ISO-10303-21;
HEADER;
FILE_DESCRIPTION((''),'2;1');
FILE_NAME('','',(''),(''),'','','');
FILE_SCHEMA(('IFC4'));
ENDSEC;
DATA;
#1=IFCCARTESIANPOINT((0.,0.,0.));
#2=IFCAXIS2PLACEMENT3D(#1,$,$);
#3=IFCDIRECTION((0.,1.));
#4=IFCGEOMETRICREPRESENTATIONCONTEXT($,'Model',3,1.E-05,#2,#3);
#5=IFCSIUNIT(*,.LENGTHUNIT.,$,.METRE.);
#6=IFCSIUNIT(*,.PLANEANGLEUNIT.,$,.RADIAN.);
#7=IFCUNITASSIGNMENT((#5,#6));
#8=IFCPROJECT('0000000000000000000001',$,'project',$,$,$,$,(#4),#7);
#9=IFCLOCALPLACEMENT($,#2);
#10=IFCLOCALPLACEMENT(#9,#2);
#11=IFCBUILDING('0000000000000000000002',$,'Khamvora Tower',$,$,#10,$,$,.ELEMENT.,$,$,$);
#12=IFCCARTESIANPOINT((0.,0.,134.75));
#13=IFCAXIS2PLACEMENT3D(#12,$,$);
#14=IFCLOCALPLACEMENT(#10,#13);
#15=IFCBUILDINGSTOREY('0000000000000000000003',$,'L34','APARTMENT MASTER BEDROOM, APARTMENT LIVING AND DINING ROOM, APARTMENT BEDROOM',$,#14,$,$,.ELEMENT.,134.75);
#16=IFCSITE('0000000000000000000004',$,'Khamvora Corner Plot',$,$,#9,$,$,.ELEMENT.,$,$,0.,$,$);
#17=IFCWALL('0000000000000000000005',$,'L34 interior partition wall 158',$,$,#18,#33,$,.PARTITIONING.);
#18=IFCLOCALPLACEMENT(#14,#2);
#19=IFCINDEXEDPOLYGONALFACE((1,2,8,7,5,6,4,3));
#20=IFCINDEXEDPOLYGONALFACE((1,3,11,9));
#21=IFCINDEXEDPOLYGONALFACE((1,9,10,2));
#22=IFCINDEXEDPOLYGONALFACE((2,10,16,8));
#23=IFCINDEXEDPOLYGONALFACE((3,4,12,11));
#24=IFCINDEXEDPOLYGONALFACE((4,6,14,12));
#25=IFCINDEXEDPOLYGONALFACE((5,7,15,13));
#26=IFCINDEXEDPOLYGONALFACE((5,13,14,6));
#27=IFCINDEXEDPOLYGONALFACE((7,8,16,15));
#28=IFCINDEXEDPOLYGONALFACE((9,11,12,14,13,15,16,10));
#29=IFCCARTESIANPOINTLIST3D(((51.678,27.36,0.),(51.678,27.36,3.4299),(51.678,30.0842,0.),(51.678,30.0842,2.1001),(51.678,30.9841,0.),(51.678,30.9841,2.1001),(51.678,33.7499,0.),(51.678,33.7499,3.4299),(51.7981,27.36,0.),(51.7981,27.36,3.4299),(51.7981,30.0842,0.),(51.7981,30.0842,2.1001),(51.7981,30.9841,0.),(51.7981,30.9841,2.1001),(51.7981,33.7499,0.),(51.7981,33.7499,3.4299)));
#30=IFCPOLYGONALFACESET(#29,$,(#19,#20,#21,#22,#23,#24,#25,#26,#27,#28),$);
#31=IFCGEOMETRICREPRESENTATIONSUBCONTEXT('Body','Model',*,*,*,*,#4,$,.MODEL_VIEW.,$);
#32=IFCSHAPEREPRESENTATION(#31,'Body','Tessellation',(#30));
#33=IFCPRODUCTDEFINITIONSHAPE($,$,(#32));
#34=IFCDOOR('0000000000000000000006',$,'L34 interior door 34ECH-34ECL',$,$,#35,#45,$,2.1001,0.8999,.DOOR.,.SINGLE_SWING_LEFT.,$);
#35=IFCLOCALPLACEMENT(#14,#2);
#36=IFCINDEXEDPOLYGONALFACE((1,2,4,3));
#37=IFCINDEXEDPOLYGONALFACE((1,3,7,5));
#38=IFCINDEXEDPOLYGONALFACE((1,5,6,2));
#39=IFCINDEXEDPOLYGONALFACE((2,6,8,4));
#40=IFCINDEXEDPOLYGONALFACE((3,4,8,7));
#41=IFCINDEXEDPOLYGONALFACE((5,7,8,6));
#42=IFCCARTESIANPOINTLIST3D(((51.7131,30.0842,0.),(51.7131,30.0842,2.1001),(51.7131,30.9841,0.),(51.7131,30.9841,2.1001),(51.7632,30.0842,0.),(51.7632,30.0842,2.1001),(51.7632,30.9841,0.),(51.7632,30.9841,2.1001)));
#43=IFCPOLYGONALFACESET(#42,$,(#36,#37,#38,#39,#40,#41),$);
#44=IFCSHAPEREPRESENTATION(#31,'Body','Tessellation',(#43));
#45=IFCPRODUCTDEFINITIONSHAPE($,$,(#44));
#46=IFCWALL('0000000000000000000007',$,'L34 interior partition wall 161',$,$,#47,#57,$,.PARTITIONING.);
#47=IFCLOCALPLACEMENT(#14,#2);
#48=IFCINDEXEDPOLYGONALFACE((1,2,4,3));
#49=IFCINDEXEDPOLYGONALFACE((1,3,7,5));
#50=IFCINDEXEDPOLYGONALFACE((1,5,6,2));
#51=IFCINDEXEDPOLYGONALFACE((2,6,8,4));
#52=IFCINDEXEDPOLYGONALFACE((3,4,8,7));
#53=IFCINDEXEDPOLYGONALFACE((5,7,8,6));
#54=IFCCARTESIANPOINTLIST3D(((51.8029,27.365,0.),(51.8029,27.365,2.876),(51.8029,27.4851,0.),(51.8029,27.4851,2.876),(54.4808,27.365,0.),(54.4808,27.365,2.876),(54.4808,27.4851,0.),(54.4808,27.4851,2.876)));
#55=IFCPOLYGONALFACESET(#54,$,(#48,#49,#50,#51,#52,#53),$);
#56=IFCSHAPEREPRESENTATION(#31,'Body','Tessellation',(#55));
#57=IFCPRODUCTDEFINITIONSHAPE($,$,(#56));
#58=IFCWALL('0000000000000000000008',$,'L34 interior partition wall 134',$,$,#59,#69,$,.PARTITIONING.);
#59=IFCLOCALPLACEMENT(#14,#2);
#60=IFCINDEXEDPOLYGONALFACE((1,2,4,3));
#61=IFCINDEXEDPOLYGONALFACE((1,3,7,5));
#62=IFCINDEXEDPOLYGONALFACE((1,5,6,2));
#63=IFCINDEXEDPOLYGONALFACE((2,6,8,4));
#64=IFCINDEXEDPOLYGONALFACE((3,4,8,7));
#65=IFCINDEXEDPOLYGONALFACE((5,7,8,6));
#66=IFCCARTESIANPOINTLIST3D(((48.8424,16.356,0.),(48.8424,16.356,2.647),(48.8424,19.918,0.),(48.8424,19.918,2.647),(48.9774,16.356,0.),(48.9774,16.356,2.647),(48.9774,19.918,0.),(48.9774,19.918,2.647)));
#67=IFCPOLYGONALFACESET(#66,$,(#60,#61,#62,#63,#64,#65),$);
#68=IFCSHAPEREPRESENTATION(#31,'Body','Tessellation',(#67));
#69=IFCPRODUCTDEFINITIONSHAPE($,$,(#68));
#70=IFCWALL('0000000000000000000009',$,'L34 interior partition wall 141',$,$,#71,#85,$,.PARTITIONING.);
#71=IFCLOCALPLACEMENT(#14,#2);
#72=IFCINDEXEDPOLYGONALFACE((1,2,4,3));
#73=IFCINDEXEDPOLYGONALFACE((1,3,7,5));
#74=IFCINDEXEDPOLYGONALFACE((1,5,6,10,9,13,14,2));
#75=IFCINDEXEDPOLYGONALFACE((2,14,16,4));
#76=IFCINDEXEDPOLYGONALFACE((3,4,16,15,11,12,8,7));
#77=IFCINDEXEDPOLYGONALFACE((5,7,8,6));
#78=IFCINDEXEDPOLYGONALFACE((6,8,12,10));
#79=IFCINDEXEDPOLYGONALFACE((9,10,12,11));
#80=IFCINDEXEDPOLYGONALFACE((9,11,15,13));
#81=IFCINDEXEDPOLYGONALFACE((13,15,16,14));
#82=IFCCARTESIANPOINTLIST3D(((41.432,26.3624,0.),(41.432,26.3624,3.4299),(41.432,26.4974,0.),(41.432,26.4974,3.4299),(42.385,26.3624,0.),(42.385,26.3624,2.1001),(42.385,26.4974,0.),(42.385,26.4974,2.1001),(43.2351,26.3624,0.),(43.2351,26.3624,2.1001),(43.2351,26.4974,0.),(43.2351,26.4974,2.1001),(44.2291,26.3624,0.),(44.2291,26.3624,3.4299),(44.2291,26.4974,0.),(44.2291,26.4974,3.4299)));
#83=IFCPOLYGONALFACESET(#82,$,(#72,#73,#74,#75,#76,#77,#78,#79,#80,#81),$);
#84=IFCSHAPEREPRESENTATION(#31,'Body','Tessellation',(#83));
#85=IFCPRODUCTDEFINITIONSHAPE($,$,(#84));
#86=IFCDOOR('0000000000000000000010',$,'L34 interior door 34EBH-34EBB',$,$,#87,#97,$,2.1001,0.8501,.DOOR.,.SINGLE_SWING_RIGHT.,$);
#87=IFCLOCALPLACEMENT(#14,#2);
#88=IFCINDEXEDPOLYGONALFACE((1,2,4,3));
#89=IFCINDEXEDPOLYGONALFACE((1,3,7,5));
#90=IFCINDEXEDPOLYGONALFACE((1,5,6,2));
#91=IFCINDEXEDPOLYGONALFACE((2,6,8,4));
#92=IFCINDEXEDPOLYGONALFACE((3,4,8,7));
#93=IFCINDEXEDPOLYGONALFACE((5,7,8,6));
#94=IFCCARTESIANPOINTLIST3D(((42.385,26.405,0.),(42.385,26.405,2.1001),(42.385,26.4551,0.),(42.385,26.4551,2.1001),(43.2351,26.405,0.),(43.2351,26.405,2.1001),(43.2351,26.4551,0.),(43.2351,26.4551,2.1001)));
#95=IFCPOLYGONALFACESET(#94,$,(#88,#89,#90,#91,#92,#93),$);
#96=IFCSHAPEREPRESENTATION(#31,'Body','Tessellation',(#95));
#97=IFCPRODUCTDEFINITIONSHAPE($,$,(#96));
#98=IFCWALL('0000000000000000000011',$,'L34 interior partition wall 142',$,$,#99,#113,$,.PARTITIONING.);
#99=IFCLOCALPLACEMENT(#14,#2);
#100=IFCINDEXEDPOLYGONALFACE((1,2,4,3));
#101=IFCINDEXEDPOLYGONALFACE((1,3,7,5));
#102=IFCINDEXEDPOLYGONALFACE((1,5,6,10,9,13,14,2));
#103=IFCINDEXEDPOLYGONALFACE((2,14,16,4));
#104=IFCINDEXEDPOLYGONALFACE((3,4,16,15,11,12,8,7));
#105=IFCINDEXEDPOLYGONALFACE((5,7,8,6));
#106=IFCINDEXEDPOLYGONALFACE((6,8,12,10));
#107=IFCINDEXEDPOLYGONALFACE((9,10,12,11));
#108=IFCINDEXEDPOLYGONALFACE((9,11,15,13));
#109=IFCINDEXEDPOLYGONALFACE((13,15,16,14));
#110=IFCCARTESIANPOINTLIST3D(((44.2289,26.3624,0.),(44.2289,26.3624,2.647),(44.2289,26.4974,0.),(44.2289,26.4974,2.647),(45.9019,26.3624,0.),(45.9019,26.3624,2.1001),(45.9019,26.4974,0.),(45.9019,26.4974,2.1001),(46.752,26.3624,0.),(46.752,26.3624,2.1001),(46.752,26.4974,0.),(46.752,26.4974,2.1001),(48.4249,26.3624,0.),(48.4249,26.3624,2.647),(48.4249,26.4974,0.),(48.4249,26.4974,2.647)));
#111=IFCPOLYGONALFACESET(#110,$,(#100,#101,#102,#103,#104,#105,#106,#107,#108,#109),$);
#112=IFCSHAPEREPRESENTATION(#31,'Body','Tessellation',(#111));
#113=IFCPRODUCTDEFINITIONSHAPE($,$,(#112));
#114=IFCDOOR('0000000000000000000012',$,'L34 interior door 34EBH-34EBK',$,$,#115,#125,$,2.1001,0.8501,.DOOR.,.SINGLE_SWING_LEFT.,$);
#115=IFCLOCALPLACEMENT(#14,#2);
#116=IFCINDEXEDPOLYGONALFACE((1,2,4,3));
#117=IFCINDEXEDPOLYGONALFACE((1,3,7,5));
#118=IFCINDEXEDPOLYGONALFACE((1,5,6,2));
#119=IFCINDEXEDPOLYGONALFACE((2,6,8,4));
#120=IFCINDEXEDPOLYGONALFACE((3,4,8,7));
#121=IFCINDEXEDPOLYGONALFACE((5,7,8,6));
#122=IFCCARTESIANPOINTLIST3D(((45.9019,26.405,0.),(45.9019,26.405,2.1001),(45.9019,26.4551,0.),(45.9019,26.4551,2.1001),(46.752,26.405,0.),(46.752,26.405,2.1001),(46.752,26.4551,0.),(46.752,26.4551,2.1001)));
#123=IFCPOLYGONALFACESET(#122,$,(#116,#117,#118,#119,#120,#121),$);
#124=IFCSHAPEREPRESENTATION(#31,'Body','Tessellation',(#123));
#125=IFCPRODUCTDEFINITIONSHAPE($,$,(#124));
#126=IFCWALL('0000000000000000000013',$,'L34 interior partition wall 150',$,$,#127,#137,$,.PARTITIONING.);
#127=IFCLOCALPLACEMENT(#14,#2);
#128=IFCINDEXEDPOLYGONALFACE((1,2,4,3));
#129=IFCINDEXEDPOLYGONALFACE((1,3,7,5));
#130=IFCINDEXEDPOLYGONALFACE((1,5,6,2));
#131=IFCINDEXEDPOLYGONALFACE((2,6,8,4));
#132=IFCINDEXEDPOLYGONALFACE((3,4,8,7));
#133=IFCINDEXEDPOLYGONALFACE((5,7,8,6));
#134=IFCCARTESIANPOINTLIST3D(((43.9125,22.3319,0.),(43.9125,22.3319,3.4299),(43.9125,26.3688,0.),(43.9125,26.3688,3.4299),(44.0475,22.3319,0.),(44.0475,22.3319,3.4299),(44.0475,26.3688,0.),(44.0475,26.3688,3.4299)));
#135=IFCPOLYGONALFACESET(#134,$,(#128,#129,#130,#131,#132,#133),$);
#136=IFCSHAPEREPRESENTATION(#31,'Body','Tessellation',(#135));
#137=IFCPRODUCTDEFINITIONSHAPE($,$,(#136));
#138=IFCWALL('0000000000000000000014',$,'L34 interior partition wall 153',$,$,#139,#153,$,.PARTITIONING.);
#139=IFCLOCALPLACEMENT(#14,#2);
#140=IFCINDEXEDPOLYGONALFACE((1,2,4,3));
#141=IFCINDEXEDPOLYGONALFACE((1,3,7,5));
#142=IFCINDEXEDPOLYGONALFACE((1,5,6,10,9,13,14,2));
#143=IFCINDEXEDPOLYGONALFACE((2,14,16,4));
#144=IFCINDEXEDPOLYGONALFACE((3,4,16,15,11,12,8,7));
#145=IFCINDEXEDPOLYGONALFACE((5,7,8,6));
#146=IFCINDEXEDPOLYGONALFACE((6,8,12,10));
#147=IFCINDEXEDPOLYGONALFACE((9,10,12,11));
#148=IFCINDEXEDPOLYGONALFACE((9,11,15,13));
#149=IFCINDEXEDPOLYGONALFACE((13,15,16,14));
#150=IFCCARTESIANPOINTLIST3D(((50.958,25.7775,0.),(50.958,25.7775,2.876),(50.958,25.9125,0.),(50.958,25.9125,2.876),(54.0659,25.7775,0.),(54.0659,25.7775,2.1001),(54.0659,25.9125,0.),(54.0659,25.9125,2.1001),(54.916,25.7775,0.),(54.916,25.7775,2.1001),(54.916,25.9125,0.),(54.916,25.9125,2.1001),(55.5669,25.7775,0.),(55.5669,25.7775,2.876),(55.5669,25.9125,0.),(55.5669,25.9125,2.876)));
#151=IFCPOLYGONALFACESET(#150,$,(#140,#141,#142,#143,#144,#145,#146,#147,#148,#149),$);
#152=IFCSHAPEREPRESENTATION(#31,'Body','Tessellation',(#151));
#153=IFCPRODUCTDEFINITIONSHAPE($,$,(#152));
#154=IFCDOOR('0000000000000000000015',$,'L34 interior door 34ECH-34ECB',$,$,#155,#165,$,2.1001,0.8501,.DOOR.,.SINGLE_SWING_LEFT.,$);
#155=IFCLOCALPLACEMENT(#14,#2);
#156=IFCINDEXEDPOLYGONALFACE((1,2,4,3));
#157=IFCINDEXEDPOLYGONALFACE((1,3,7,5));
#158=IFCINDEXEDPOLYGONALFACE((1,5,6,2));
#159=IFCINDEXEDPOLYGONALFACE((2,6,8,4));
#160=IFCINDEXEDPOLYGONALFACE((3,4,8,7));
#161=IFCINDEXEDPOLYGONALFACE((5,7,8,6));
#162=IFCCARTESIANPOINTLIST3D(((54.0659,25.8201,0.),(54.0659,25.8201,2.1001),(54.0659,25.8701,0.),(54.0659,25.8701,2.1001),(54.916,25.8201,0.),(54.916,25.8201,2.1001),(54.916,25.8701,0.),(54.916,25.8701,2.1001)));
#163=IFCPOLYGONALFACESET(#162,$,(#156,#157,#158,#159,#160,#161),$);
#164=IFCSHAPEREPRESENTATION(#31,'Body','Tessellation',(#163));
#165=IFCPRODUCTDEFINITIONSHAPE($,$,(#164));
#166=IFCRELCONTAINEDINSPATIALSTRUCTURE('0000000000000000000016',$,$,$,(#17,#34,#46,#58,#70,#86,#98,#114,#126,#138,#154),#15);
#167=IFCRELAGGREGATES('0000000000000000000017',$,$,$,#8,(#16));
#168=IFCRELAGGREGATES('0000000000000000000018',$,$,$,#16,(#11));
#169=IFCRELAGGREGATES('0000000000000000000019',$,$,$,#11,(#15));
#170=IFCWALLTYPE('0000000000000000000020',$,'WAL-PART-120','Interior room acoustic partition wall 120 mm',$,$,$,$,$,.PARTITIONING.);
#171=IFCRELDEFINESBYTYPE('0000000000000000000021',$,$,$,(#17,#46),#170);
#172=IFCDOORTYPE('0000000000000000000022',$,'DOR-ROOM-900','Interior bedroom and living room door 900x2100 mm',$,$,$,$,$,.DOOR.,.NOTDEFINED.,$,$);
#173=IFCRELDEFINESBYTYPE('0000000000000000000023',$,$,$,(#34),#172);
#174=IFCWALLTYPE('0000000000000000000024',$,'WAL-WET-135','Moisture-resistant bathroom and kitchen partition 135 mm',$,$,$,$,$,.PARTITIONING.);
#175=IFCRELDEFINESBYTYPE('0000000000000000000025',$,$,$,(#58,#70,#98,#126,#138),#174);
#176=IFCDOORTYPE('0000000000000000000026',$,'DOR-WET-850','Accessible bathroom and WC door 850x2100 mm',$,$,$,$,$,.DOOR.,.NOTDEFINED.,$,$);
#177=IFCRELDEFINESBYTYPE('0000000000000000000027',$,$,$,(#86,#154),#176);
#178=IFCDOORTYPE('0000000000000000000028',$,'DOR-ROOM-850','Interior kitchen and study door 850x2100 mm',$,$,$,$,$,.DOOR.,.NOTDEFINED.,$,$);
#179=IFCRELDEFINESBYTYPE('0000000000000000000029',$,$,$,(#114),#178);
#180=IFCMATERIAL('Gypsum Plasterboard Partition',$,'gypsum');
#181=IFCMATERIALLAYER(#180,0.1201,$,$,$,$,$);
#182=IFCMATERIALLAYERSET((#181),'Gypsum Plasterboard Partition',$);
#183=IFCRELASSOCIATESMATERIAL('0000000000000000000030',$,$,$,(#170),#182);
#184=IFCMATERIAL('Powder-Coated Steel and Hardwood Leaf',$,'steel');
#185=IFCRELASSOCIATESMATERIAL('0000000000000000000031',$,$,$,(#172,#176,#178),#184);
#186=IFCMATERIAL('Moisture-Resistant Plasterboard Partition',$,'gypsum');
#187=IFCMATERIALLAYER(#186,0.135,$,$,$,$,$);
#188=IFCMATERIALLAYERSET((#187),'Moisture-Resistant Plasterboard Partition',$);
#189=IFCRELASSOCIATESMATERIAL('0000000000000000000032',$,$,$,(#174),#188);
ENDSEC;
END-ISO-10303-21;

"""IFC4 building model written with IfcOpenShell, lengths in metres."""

from ifc_helpers import new_model, si_unit, direction, frame, frame_2d, origin, place, context, subcontext, project, spatial, rectangle, extrude, material, layer, layer_set, type_object, element, fill, save


model = new_model("IFC4")

# Units and contexts
model_context = context("Model", 3, precision=1e-05, world=origin(), true_north=direction((0.0, 1.0)))
body_context = subcontext(model_context, "Body", "Model", "MODEL_VIEW")
ifc_project = project(units=[si_unit("LENGTHUNIT", "METRE"), si_unit("PLANEANGLEUNIT", "RADIAN")], contexts=[model_context])

# Site, building, storey
site_placement = place(None, origin())
site = spatial("IfcSite", under=ifc_project, at=site_placement, Name="Khamvora Corner Plot", CompositionType="ELEMENT", RefElevation=0.0)
building_placement = place(site_placement, origin())
building = spatial("IfcBuilding", under=site, at=building_placement, Name="Khamvora Tower", CompositionType="ELEMENT")
storey_placement = place(building_placement, frame((0.0, 0.0, 134.75)))
storey = spatial("IfcBuildingStorey", under=building, at=storey_placement, Name="L34", Description="APARTMENT MASTER BEDROOM, APARTMENT LIVING AND DINING ROOM, APARTMENT BEDROOM", CompositionType="ELEMENT", Elevation=134.75)

# Shared definitions
ifc_material_1 = material(Name="Powder-Coated Steel and Hardwood Leaf", Category="steel")

# Shared definitions
ifc_material_2 = material(Name="Gypsum Plasterboard Partition", Category="gypsum")
ifc_layer_1 = layer(ifc_material_2, 0.1201)
ifc_layer_set_1 = layer_set([ifc_layer_1], Name="Gypsum Plasterboard Partition")
wall_type_1 = type_object("IfcWallType", Name="WAL-PART-120", Description="Interior room acoustic partition wall 120 mm", PredefinedType="PARTITIONING", material=ifc_layer_set_1)

# Wall, opening, door
wall_1_placement = place(storey_placement, frame((51.738, 27.3601, 0.0), z_axis=(0.0, 0.0, 1.0), x_axis=(0.0, 1.0, 0.0)))
wall_1 = element("IfcWall", 1, at=wall_1_placement, inside=storey, type_object=wall_type_1, Name="L34 interior partition wall 158", PredefinedType="PARTITIONING", context=body_context, shape_type="SweptSolid", body=[
    extrude(rectangle(XDim=6.3899, YDim=0.1201, at=frame_2d((3.1948, 0.0))), origin(), (0.0, 0.0, 1.0), 3.4299),
])
opening_1_placement = place(wall_1_placement, frame((2.7241, 0.0, 0.0)))
opening_1 = element("IfcOpeningElement", 2, at=opening_1_placement, cuts=wall_1, PredefinedType="OPENING", context=body_context, shape_type="SweptSolid", body=[
    extrude(rectangle(XDim=0.8999, YDim=2.1001, at=frame_2d((0.45, 1.05))), frame((0.0, 0.0701, 0.0), z_axis=(0.0, -1.0, 0.0), x_axis=(1.0, 0.0, 0.0)), (0.0, 0.0, 1.0), 0.1401),
])
door_type_1 = type_object("IfcDoorType", Name="DOR-ROOM-900", Description="Interior bedroom and living room door 900x2100 mm", OperationType="NOTDEFINED", PredefinedType="DOOR", material=ifc_material_1)
door_1_placement = place(opening_1_placement, origin())
door_1 = element("IfcDoor", 3, at=door_1_placement, inside=storey, type_object=door_type_1, Name="L34 interior door 34ECH-34ECL", OperationType="SINGLE_SWING_LEFT", OverallHeight=2.1001, OverallWidth=0.8999, PredefinedType="DOOR", context=body_context, shape_type="SweptSolid", body=[
    extrude(rectangle(XDim=0.8999, YDim=2.1001, at=frame_2d((0.45, 1.05))), frame((0.0, 0.0249, 0.0), z_axis=(0.0, -1.0, 0.0), x_axis=(1.0, 0.0, 0.0)), (0.0, 0.0, 1.0), 0.05),
])
fill(opening_1, door_1)

# Walls
wall_2_placement = place(storey_placement, frame((51.803, 27.425, 0.0), z_axis=(0.0, 0.0, 1.0), x_axis=(1.0, 0.0, 0.0)))
element("IfcWall", 4, at=wall_2_placement, inside=storey, type_object=wall_type_1, Name="L34 interior partition wall 161", PredefinedType="PARTITIONING", context=body_context, shape_type="SweptSolid", body=[
    extrude(rectangle(XDim=2.678, YDim=0.1201, at=frame_2d((1.3389, 0.0))), origin(), (0.0, 0.0, 1.0), 2.876),
])
ifc_material_3 = material(Name="Moisture-Resistant Plasterboard Partition", Category="gypsum")
ifc_layer_2 = layer(ifc_material_3, 0.135)
ifc_layer_set_2 = layer_set([ifc_layer_2], Name="Moisture-Resistant Plasterboard Partition")
wall_type_2 = type_object("IfcWallType", Name="WAL-WET-135", Description="Moisture-resistant bathroom and kitchen partition 135 mm", PredefinedType="PARTITIONING", material=ifc_layer_set_2)
wall_3_placement = place(storey_placement, frame((48.9099, 19.918, 0.0), z_axis=(0.0, 0.0, 1.0), x_axis=(0.0, -1.0, 0.0)))
element("IfcWall", 5, at=wall_3_placement, inside=storey, type_object=wall_type_2, Name="L34 interior partition wall 134", PredefinedType="PARTITIONING", context=body_context, shape_type="SweptSolid", body=[
    extrude(rectangle(XDim=3.562, YDim=0.135, at=frame_2d((1.781, 0.0))), origin(), (0.0, 0.0, 1.0), 2.647),
])

# Walls, openings, doors
wall_4_placement = place(storey_placement, frame((44.229, 26.4299, 0.0), z_axis=(0.0, 0.0, 1.0), x_axis=(-1.0, 0.0, 0.0)))
wall_4 = element("IfcWall", 6, at=wall_4_placement, inside=storey, type_object=wall_type_2, Name="L34 interior partition wall 141", PredefinedType="PARTITIONING", context=body_context, shape_type="SweptSolid", body=[
    extrude(rectangle(XDim=2.7971, YDim=0.135, at=frame_2d((1.3984, 0.0))), origin(), (0.0, 0.0, 1.0), 3.4299),
])
opening_2_placement = place(wall_4_placement, frame((0.9939, 0.0, 0.0)))
opening_2 = element("IfcOpeningElement", 7, at=opening_2_placement, cuts=wall_4, PredefinedType="OPENING", context=body_context, shape_type="SweptSolid", body=[
    extrude(rectangle(XDim=0.8501, YDim=2.1001, at=frame_2d((0.425, 1.05))), frame((0.0, 0.0774, 0.0), z_axis=(0.0, -1.0, 0.0), x_axis=(1.0, 0.0, 0.0)), (0.0, 0.0, 1.0), 0.155),
])
door_type_2 = type_object("IfcDoorType", Name="DOR-WET-850", Description="Accessible bathroom and WC door 850x2100 mm", OperationType="NOTDEFINED", PredefinedType="DOOR", material=ifc_material_1)
door_2_placement = place(opening_2_placement, origin())
door_2 = element("IfcDoor", 8, at=door_2_placement, inside=storey, type_object=door_type_2, Name="L34 interior door 34EBH-34EBB", OperationType="SINGLE_SWING_RIGHT", OverallHeight=2.1001, OverallWidth=0.8501, PredefinedType="DOOR", context=body_context, shape_type="SweptSolid", body=[
    extrude(rectangle(XDim=0.8501, YDim=2.1001, at=frame_2d((0.425, 1.05))), frame((0.0, 0.0249, 0.0), z_axis=(0.0, -1.0, 0.0), x_axis=(1.0, 0.0, 0.0)), (0.0, 0.0, 1.0), 0.05),
])
fill(opening_2, door_2)
wall_5_placement = place(storey_placement, frame((48.425, 26.4299, 0.0), z_axis=(0.0, 0.0, 1.0), x_axis=(-1.0, 0.0, 0.0)))
wall_5 = element("IfcWall", 9, at=wall_5_placement, inside=storey, type_object=wall_type_2, Name="L34 interior partition wall 142", PredefinedType="PARTITIONING", context=body_context, shape_type="SweptSolid", body=[
    extrude(rectangle(XDim=4.196, YDim=0.135, at=frame_2d((2.0981, 0.0))), origin(), (0.0, 0.0, 1.0), 2.647),
])
opening_3_placement = place(wall_5_placement, frame((1.6731, 0.0, 0.0)))
opening_3 = element("IfcOpeningElement", 10, at=opening_3_placement, cuts=wall_5, PredefinedType="OPENING", context=body_context, shape_type="SweptSolid", body=[
    extrude(rectangle(XDim=0.8501, YDim=2.1001, at=frame_2d((0.425, 1.05))), frame((0.0, 0.0774, 0.0), z_axis=(0.0, -1.0, 0.0), x_axis=(1.0, 0.0, 0.0)), (0.0, 0.0, 1.0), 0.155),
])
door_type_3 = type_object("IfcDoorType", Name="DOR-ROOM-850", Description="Interior kitchen and study door 850x2100 mm", OperationType="NOTDEFINED", PredefinedType="DOOR", material=ifc_material_1)
door_3_placement = place(opening_3_placement, origin())
door_3 = element("IfcDoor", 11, at=door_3_placement, inside=storey, type_object=door_type_3, Name="L34 interior door 34EBH-34EBK", OperationType="SINGLE_SWING_LEFT", OverallHeight=2.1001, OverallWidth=0.8501, PredefinedType="DOOR", context=body_context, shape_type="SweptSolid", body=[
    extrude(rectangle(XDim=0.8501, YDim=2.1001, at=frame_2d((0.425, 1.05))), frame((0.0, 0.0249, 0.0), z_axis=(0.0, -1.0, 0.0), x_axis=(1.0, 0.0, 0.0)), (0.0, 0.0, 1.0), 0.05),
])
fill(opening_3, door_3)

# Wall
wall_6_placement = place(storey_placement, frame((43.98, 26.3689, 0.0), z_axis=(0.0, 0.0, 1.0), x_axis=(0.0, -1.0, 0.0)))
element("IfcWall", 12, at=wall_6_placement, inside=storey, type_object=wall_type_2, Name="L34 interior partition wall 150", PredefinedType="PARTITIONING", context=body_context, shape_type="SweptSolid", body=[
    extrude(rectangle(XDim=4.0369, YDim=0.135, at=frame_2d((2.0186, 0.0))), origin(), (0.0, 0.0, 1.0), 3.4299),
])

# Wall, opening, door
wall_7_placement = place(storey_placement, frame((55.5669, 25.845, 0.0), z_axis=(0.0, 0.0, 1.0), x_axis=(-1.0, 0.0, 0.0)))
wall_7 = element("IfcWall", 13, at=wall_7_placement, inside=storey, type_object=wall_type_2, Name="L34 interior partition wall 153", PredefinedType="PARTITIONING", context=body_context, shape_type="SweptSolid", body=[
    extrude(rectangle(XDim=4.6089, YDim=0.135, at=frame_2d((2.3044, 0.0))), origin(), (0.0, 0.0, 1.0), 2.876),
])
opening_4_placement = place(wall_7_placement, frame((0.6509, 0.0, 0.0)))
opening_4 = element("IfcOpeningElement", 14, at=opening_4_placement, cuts=wall_7, PredefinedType="OPENING", context=body_context, shape_type="SweptSolid", body=[
    extrude(rectangle(XDim=0.8501, YDim=2.1001, at=frame_2d((0.425, 1.05))), frame((0.0, 0.0774, 0.0), z_axis=(0.0, -1.0, 0.0), x_axis=(1.0, 0.0, 0.0)), (0.0, 0.0, 1.0), 0.155),
])
door_4_placement = place(opening_4_placement, origin())
door_4 = element("IfcDoor", 15, at=door_4_placement, inside=storey, type_object=door_type_2, Name="L34 interior door 34ECH-34ECB", OperationType="SINGLE_SWING_LEFT", OverallHeight=2.1001, OverallWidth=0.8501, PredefinedType="DOOR", context=body_context, shape_type="SweptSolid", body=[
    extrude(rectangle(XDim=0.8501, YDim=2.1001, at=frame_2d((0.425, 1.05))), frame((0.0, 0.0249, 0.0), z_axis=(0.0, -1.0, 0.0), x_axis=(1.0, 0.0, 0.0)), (0.0, 0.0, 1.0), 0.05),
])
fill(opening_4, door_4)

save(model, "model.ifc")
